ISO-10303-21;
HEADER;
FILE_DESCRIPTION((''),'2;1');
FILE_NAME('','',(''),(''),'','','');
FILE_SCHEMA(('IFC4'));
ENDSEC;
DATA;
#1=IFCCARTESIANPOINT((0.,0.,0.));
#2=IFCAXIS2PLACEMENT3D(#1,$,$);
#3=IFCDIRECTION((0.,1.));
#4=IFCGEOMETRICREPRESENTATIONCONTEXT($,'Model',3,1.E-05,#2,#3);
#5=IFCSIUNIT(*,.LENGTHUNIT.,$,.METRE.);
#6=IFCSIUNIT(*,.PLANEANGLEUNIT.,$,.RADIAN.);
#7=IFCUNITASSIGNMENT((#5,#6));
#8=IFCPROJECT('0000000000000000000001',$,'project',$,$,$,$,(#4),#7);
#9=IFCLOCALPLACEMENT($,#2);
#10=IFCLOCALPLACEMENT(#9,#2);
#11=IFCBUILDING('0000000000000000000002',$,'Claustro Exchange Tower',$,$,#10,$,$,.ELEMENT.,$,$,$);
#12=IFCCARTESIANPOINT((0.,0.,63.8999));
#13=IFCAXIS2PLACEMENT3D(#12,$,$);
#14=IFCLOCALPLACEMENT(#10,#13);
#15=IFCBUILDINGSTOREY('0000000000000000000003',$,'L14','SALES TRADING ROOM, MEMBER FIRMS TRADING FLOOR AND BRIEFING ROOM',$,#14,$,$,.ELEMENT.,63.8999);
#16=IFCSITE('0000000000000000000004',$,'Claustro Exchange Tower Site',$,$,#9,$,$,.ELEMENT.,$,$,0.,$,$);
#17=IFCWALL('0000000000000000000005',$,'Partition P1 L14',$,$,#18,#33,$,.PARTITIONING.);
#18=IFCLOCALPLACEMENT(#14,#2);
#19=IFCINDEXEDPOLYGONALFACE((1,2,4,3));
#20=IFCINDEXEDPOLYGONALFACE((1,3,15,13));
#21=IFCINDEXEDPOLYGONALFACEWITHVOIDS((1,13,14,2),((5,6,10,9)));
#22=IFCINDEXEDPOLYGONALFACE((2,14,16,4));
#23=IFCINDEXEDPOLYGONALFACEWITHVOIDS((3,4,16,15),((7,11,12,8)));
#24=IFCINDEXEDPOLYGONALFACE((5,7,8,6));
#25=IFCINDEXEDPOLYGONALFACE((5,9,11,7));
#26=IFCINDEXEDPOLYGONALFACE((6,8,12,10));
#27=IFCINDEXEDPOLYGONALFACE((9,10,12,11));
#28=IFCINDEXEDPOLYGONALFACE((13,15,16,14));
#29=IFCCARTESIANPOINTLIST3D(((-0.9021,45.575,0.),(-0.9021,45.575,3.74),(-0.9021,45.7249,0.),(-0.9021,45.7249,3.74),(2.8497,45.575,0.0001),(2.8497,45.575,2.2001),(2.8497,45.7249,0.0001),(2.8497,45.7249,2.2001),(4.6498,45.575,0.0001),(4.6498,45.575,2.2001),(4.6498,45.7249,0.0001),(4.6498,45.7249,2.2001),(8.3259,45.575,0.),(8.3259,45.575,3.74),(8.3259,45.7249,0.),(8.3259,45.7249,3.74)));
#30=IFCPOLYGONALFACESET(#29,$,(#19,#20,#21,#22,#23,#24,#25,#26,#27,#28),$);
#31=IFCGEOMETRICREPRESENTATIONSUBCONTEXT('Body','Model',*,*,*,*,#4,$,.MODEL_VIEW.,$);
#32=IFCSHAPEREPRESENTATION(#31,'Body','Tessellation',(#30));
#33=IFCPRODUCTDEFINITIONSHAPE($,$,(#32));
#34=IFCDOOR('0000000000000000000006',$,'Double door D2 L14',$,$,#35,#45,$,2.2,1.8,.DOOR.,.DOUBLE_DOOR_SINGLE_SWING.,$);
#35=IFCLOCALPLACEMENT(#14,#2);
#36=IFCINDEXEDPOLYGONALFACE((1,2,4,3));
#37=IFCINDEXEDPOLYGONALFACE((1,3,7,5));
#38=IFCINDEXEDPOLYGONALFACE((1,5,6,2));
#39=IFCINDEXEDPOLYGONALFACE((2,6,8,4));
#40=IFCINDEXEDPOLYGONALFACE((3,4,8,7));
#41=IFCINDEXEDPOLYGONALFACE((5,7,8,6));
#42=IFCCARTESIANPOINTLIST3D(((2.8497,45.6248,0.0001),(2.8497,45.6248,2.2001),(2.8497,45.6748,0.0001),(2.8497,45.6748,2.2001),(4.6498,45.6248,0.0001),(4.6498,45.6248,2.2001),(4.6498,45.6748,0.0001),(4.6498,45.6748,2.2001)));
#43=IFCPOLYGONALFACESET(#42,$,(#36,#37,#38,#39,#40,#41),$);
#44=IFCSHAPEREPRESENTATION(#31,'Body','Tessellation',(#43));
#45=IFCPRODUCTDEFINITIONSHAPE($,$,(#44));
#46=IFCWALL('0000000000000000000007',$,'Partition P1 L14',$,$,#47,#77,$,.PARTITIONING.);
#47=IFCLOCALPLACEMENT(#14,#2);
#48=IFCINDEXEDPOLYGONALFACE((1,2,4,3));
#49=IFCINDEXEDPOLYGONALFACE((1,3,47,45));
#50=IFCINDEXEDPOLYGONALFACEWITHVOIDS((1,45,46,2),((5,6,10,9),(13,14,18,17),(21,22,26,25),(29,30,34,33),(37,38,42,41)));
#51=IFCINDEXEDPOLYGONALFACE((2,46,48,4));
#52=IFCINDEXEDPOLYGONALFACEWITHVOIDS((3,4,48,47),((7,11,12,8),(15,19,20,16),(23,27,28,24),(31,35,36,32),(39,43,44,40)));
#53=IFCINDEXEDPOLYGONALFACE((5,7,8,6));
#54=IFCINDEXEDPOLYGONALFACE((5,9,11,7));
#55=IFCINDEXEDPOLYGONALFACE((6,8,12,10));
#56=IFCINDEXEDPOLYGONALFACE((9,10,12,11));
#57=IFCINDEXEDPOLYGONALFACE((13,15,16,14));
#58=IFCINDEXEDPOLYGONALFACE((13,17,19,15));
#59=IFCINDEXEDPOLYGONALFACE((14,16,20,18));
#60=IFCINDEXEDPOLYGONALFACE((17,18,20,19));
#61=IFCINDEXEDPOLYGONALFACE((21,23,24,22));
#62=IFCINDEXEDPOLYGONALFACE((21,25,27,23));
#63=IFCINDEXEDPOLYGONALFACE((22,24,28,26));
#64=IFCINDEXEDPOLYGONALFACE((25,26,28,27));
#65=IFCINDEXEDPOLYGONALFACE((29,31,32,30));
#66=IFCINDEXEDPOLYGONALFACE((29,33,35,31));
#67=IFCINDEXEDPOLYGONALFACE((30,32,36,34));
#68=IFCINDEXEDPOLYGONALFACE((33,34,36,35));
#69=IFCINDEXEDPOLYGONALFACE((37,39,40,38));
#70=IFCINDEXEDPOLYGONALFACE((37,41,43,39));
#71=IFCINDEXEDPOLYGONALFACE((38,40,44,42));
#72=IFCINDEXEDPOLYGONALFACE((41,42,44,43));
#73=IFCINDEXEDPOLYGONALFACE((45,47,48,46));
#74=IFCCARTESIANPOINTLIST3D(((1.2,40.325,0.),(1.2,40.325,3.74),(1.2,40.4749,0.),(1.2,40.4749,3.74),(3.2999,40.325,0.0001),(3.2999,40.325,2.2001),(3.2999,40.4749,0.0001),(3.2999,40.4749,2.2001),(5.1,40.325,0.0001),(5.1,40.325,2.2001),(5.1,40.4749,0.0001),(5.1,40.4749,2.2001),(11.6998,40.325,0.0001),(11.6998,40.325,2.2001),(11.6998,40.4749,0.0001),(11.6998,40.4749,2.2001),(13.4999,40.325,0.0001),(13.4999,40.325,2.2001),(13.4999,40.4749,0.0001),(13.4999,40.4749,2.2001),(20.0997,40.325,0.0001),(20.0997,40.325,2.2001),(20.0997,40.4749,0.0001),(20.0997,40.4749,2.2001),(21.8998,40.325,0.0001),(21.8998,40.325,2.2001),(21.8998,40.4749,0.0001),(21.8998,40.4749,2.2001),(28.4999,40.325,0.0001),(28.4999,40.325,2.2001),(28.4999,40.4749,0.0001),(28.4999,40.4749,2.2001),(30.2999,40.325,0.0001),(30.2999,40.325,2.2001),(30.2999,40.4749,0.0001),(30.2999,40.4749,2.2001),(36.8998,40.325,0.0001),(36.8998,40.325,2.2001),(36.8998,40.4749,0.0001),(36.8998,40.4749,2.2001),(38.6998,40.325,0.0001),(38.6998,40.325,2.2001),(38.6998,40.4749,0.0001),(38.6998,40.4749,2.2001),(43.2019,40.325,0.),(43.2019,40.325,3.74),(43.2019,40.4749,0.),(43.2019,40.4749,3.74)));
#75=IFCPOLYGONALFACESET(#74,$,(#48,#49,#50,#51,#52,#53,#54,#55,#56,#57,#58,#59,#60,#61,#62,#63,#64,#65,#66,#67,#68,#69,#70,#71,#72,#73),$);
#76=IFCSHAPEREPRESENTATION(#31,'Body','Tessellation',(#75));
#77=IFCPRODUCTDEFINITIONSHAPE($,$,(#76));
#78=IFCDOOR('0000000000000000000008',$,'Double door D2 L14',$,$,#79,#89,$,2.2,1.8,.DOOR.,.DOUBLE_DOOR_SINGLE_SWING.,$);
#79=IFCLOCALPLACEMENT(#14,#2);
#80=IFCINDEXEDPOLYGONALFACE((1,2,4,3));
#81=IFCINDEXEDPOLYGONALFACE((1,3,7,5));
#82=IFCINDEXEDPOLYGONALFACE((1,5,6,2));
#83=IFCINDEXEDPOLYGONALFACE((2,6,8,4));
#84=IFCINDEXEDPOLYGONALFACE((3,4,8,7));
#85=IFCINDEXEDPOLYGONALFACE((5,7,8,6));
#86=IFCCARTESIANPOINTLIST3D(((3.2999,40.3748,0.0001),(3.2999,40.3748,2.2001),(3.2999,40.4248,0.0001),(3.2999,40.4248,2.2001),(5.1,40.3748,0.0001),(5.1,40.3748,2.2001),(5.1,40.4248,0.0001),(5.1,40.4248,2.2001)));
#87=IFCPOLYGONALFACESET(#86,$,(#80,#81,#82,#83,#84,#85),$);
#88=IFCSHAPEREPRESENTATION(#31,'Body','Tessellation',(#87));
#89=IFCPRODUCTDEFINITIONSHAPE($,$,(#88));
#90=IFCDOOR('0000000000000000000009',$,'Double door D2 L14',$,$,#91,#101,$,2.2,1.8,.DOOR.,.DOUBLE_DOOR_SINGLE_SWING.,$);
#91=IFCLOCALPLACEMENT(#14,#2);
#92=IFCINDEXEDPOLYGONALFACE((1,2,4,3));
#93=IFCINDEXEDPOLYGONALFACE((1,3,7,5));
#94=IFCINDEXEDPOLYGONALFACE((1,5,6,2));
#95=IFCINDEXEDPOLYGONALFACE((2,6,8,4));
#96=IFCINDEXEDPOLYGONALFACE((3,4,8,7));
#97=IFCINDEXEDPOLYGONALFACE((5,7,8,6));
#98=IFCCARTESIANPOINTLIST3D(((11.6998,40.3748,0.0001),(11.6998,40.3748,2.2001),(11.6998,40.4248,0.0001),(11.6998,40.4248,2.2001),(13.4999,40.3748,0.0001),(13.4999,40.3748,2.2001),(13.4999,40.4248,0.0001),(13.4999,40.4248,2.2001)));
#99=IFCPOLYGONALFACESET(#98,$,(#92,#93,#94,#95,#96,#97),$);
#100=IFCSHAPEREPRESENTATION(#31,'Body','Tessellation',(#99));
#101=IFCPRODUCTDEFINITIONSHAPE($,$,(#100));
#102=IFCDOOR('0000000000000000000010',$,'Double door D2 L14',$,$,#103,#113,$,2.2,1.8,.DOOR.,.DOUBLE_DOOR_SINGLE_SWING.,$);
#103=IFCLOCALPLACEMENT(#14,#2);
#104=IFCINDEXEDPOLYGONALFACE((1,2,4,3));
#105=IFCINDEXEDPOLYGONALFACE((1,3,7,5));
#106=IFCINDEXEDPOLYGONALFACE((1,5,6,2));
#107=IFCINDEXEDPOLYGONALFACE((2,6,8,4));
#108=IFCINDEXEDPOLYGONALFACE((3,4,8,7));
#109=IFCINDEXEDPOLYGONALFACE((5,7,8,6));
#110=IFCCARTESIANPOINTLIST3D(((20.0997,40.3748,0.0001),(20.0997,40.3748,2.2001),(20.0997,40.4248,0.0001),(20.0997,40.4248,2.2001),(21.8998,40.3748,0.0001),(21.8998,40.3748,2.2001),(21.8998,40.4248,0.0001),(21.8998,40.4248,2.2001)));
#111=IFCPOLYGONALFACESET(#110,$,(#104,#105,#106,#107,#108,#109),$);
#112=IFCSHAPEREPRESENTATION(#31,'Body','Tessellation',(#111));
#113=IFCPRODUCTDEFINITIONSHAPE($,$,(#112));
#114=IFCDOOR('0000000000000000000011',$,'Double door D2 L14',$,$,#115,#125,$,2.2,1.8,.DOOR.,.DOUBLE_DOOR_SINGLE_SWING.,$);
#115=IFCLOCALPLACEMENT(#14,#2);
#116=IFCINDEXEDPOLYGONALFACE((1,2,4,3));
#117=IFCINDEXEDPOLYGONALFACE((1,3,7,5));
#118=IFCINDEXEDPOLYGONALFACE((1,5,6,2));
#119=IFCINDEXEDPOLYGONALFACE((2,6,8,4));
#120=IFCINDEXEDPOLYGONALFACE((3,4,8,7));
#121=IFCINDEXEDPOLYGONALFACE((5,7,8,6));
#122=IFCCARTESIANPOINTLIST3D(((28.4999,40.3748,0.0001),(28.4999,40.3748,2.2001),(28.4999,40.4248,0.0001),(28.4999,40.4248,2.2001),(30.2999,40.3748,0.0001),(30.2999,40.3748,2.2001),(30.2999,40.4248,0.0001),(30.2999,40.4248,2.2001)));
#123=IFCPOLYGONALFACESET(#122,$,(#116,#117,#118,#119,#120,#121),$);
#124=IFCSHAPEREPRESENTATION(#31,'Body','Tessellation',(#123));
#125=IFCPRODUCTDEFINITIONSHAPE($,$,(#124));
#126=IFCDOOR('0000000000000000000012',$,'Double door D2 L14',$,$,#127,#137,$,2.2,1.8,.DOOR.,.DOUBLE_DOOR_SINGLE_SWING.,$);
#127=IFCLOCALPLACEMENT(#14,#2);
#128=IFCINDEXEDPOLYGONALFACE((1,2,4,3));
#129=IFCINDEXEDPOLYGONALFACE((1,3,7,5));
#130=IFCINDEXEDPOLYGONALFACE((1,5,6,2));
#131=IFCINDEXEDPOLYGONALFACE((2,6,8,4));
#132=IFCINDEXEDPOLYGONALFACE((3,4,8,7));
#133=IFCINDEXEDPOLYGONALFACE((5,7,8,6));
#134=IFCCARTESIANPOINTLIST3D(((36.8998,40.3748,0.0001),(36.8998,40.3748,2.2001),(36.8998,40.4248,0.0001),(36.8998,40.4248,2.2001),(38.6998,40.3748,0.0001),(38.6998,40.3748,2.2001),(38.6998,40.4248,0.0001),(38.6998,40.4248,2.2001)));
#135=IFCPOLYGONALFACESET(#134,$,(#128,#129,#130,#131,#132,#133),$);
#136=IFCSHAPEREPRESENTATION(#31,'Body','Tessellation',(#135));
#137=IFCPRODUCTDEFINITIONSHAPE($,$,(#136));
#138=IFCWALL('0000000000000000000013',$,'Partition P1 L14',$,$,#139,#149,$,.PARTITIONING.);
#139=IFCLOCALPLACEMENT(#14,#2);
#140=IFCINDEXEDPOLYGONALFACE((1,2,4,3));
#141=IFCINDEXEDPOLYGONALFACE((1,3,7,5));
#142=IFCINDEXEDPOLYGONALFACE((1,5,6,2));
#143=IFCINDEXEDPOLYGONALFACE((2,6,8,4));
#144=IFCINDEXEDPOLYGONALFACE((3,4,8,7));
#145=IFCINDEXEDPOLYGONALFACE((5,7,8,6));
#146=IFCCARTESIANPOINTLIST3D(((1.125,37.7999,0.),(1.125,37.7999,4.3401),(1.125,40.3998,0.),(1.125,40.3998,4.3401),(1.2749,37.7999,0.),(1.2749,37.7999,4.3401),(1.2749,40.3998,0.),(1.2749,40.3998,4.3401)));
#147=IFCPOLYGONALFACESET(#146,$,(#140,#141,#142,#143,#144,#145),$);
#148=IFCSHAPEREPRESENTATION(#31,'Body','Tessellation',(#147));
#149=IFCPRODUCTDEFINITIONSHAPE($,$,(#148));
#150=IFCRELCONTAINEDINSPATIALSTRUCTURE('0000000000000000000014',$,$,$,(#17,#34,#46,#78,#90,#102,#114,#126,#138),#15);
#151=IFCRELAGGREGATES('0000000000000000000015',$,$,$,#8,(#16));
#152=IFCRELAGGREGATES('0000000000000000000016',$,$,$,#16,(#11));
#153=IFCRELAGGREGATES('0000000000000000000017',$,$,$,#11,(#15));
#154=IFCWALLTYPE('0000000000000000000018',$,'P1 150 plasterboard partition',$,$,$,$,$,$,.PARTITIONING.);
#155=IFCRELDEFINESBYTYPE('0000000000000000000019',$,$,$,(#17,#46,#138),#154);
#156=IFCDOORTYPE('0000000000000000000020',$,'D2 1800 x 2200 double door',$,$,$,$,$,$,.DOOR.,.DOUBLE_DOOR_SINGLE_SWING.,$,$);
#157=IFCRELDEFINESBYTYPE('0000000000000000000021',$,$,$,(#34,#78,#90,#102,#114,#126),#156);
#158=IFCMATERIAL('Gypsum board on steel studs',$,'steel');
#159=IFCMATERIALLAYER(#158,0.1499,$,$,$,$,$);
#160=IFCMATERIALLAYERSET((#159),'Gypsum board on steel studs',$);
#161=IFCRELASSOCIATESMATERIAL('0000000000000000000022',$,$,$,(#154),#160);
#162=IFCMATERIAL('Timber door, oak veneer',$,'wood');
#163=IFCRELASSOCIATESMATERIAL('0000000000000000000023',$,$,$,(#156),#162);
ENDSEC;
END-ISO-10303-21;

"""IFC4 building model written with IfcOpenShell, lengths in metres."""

from ifc_helpers import new_model, si_unit, direction, frame, frame_2d, origin, place, context, subcontext, project, spatial, rectangle, extrude, material, layer, layer_set, type_object, element, fill, save


model = new_model("IFC4")

# Units and contexts
model_context = context("Model", 3, precision=1e-05, world=origin(), true_north=direction((0.0, 1.0)))
body_context = subcontext(model_context, "Body", "Model", "MODEL_VIEW")
ifc_project = project(units=[si_unit("LENGTHUNIT", "METRE"), si_unit("PLANEANGLEUNIT", "RADIAN")], contexts=[model_context])

# Site, building, storey
site_placement = place(None, origin())
site = spatial("IfcSite", under=ifc_project, at=site_placement, Name="Claustro Exchange Tower Site", CompositionType="ELEMENT", RefElevation=0.0)
building_placement = place(site_placement, origin())
building = spatial("IfcBuilding", under=site, at=building_placement, Name="Claustro Exchange Tower", CompositionType="ELEMENT")
storey_placement = place(building_placement, frame((0.0, 0.0, 63.8999)))
storey = spatial("IfcBuildingStorey", under=building, at=storey_placement, Name="L14", Description="SALES TRADING ROOM, MEMBER FIRMS TRADING FLOOR AND BRIEFING ROOM", CompositionType="ELEMENT", Elevation=63.8999)

# Wall, opening, door
ifc_material_1 = material(Name="Gypsum board on steel studs", Category="steel")
ifc_layer_1 = layer(ifc_material_1, 0.1499)
ifc_layer_set_1 = layer_set([ifc_layer_1], Name="Gypsum board on steel studs")
wall_type_1 = type_object("IfcWallType", Name="P1 150 plasterboard partition", PredefinedType="PARTITIONING", material=ifc_layer_set_1)
wall_1_placement = place(storey_placement, frame((-0.9021, 45.6499, 0.0), z_axis=(0.0, 0.0, 1.0), x_axis=(1.0, 0.0, 0.0)))
wall_1 = element("IfcWall", 1, at=wall_1_placement, inside=storey, type_object=wall_type_1, Name="Partition P1 L14", PredefinedType="PARTITIONING", context=body_context, shape_type="SweptSolid", body=[
    extrude(rectangle(XDim=9.228, YDim=0.1499, at=frame_2d((4.614, 0.0))), origin(), (0.0, 0.0, 1.0), 3.74),
])
opening_1_placement = place(wall_1_placement, frame((3.752, 0.0, 0.0)))
opening_1 = element("IfcOpeningElement", 2, at=opening_1_placement, cuts=wall_1, PredefinedType="OPENING", context=body_context, shape_type="SweptSolid", body=[
    extrude(rectangle(XDim=1.8, YDim=2.2, at=frame_2d((0.8999, 1.1001))), frame((0.0, 0.085, 0.0), z_axis=(0.0, -1.0, 0.0), x_axis=(1.0, 0.0, 0.0)), (0.0, 0.0, 1.0), 0.1699),
])
ifc_material_2 = material(Name="Timber door, oak veneer", Category="wood")
door_type = type_object("IfcDoorType", Name="D2 1800 x 2200 double door", OperationType="DOUBLE_DOOR_SINGLE_SWING", PredefinedType="DOOR", material=ifc_material_2)
door_1_placement = place(opening_1_placement, origin())
door_1 = element("IfcDoor", 3, at=door_1_placement, inside=storey, type_object=door_type, Name="Double door D2 L14", OperationType="DOUBLE_DOOR_SINGLE_SWING", OverallHeight=2.2, OverallWidth=1.8, PredefinedType="DOOR", context=body_context, shape_type="SweptSolid", body=[
    extrude(rectangle(XDim=1.8, YDim=2.2, at=frame_2d((0.8999, 1.1001))), frame((0.0, 0.0249, 0.0), z_axis=(0.0, -1.0, 0.0), x_axis=(1.0, 0.0, 0.0)), (0.0, 0.0, 1.0), 0.05),
])
fill(opening_1, door_1)

# Wall, openings, doors
wall_2_placement = place(storey_placement, frame((1.2, 40.3999, 0.0), z_axis=(0.0, 0.0, 1.0), x_axis=(1.0, 0.0, 0.0)))
wall_2 = element("IfcWall", 4, at=wall_2_placement, inside=storey, type_object=wall_type_1, Name="Partition P1 L14", PredefinedType="PARTITIONING", context=body_context, shape_type="SweptSolid", body=[
    extrude(rectangle(XDim=42.002, YDim=0.1499, at=frame_2d((21.001, 0.0))), origin(), (0.0, 0.0, 1.0), 3.74),
])
opening_2_placement = place(wall_2_placement, frame((2.1001, 0.0, 0.0)))
opening_2 = element("IfcOpeningElement", 5, at=opening_2_placement, cuts=wall_2, PredefinedType="OPENING", context=body_context, shape_type="SweptSolid", body=[
    extrude(rectangle(XDim=1.8, YDim=2.2, at=frame_2d((0.8999, 1.1001))), frame((0.0, 0.085, 0.0), z_axis=(0.0, -1.0, 0.0), x_axis=(1.0, 0.0, 0.0)), (0.0, 0.0, 1.0), 0.1699),
])
opening_3_placement = place(wall_2_placement, frame((10.5, 0.0, 0.0)))
opening_3 = element("IfcOpeningElement", 6, at=opening_3_placement, cuts=wall_2, PredefinedType="OPENING", context=body_context, shape_type="SweptSolid", body=[
    extrude(rectangle(XDim=1.8, YDim=2.2, at=frame_2d((0.8999, 1.1001))), frame((0.0, 0.085, 0.0), z_axis=(0.0, -1.0, 0.0), x_axis=(1.0, 0.0, 0.0)), (0.0, 0.0, 1.0), 0.1699),
])
opening_4_placement = place(wall_2_placement, frame((18.8999, 0.0, 0.0)))
opening_4 = element("IfcOpeningElement", 7, at=opening_4_placement, cuts=wall_2, PredefinedType="OPENING", context=body_context, shape_type="SweptSolid", body=[
    extrude(rectangle(XDim=1.8, YDim=2.2, at=frame_2d((0.8999, 1.1001))), frame((0.0, 0.085, 0.0), z_axis=(0.0, -1.0, 0.0), x_axis=(1.0, 0.0, 0.0)), (0.0, 0.0, 1.0), 0.1699),
])
opening_5_placement = place(wall_2_placement, frame((27.3, 0.0, 0.0)))
opening_5 = element("IfcOpeningElement", 8, at=opening_5_placement, cuts=wall_2, PredefinedType="OPENING", context=body_context, shape_type="SweptSolid", body=[
    extrude(rectangle(XDim=1.8, YDim=2.2, at=frame_2d((0.8999, 1.1001))), frame((0.0, 0.085, 0.0), z_axis=(0.0, -1.0, 0.0), x_axis=(1.0, 0.0, 0.0)), (0.0, 0.0, 1.0), 0.1699),
])
opening_6_placement = place(wall_2_placement, frame((35.7, 0.0, 0.0)))
opening_6 = element("IfcOpeningElement", 9, at=opening_6_placement, cuts=wall_2, PredefinedType="OPENING", context=body_context, shape_type="SweptSolid", body=[
    extrude(rectangle(XDim=1.8, YDim=2.2, at=frame_2d((0.8999, 1.1001))), frame((0.0, 0.085, 0.0), z_axis=(0.0, -1.0, 0.0), x_axis=(1.0, 0.0, 0.0)), (0.0, 0.0, 1.0), 0.1699),
])
door_2_placement = place(opening_2_placement, origin())
door_2 = element("IfcDoor", 10, at=door_2_placement, inside=storey, type_object=door_type, Name="Double door D2 L14", OperationType="DOUBLE_DOOR_SINGLE_SWING", OverallHeight=2.2, OverallWidth=1.8, PredefinedType="DOOR", context=body_context, shape_type="SweptSolid", body=[
    extrude(rectangle(XDim=1.8, YDim=2.2, at=frame_2d((0.8999, 1.1001))), frame((0.0, 0.0249, 0.0), z_axis=(0.0, -1.0, 0.0), x_axis=(1.0, 0.0, 0.0)), (0.0, 0.0, 1.0), 0.05),
])
fill(opening_2, door_2)
door_3_placement = place(opening_3_placement, origin())
door_3 = element("IfcDoor", 11, at=door_3_placement, inside=storey, type_object=door_type, Name="Double door D2 L14", OperationType="DOUBLE_DOOR_SINGLE_SWING", OverallHeight=2.2, OverallWidth=1.8, PredefinedType="DOOR", context=body_context, shape_type="SweptSolid", body=[
    extrude(rectangle(XDim=1.8, YDim=2.2, at=frame_2d((0.8999, 1.1001))), frame((0.0, 0.0249, 0.0), z_axis=(0.0, -1.0, 0.0), x_axis=(1.0, 0.0, 0.0)), (0.0, 0.0, 1.0), 0.05),
])
fill(opening_3, door_3)
door_4_placement = place(opening_4_placement, origin())
door_4 = element("IfcDoor", 12, at=door_4_placement, inside=storey, type_object=door_type, Name="Double door D2 L14", OperationType="DOUBLE_DOOR_SINGLE_SWING", OverallHeight=2.2, OverallWidth=1.8, PredefinedType="DOOR", context=body_context, shape_type="SweptSolid", body=[
    extrude(rectangle(XDim=1.8, YDim=2.2, at=frame_2d((0.8999, 1.1001))), frame((0.0, 0.0249, 0.0), z_axis=(0.0, -1.0, 0.0), x_axis=(1.0, 0.0, 0.0)), (0.0, 0.0, 1.0), 0.05),
])
fill(opening_4, door_4)
door_5_placement = place(opening_5_placement, origin())
door_5 = element("IfcDoor", 13, at=door_5_placement, inside=storey, type_object=door_type, Name="Double door D2 L14", OperationType="DOUBLE_DOOR_SINGLE_SWING", OverallHeight=2.2, OverallWidth=1.8, PredefinedType="DOOR", context=body_context, shape_type="SweptSolid", body=[
    extrude(rectangle(XDim=1.8, YDim=2.2, at=frame_2d((0.8999, 1.1001))), frame((0.0, 0.0249, 0.0), z_axis=(0.0, -1.0, 0.0), x_axis=(1.0, 0.0, 0.0)), (0.0, 0.0, 1.0), 0.05),
])
fill(opening_5, door_5)
door_6_placement = place(opening_6_placement, origin())
door_6 = element("IfcDoor", 14, at=door_6_placement, inside=storey, type_object=door_type, Name="Double door D2 L14", OperationType="DOUBLE_DOOR_SINGLE_SWING", OverallHeight=2.2, OverallWidth=1.8, PredefinedType="DOOR", context=body_context, shape_type="SweptSolid", body=[
    extrude(rectangle(XDim=1.8, YDim=2.2, at=frame_2d((0.8999, 1.1001))), frame((0.0, 0.0249, 0.0), z_axis=(0.0, -1.0, 0.0), x_axis=(1.0, 0.0, 0.0)), (0.0, 0.0, 1.0), 0.05),
])
fill(opening_6, door_6)

# Wall
wall_3_placement = place(storey_placement, frame((1.2, 37.8, 0.0), z_axis=(0.0, 0.0, 1.0), x_axis=(0.0, 1.0, 0.0)))
element("IfcWall", 15, at=wall_3_placement, inside=storey, type_object=wall_type_1, Name="Partition P1 L14", PredefinedType="PARTITIONING", context=body_context, shape_type="SweptSolid", body=[
    extrude(rectangle(XDim=2.5999, YDim=0.1499, at=frame_2d((1.2998, 0.0))), origin(), (0.0, 0.0, 1.0), 4.3401),
])

save(model, "model.ifc")
